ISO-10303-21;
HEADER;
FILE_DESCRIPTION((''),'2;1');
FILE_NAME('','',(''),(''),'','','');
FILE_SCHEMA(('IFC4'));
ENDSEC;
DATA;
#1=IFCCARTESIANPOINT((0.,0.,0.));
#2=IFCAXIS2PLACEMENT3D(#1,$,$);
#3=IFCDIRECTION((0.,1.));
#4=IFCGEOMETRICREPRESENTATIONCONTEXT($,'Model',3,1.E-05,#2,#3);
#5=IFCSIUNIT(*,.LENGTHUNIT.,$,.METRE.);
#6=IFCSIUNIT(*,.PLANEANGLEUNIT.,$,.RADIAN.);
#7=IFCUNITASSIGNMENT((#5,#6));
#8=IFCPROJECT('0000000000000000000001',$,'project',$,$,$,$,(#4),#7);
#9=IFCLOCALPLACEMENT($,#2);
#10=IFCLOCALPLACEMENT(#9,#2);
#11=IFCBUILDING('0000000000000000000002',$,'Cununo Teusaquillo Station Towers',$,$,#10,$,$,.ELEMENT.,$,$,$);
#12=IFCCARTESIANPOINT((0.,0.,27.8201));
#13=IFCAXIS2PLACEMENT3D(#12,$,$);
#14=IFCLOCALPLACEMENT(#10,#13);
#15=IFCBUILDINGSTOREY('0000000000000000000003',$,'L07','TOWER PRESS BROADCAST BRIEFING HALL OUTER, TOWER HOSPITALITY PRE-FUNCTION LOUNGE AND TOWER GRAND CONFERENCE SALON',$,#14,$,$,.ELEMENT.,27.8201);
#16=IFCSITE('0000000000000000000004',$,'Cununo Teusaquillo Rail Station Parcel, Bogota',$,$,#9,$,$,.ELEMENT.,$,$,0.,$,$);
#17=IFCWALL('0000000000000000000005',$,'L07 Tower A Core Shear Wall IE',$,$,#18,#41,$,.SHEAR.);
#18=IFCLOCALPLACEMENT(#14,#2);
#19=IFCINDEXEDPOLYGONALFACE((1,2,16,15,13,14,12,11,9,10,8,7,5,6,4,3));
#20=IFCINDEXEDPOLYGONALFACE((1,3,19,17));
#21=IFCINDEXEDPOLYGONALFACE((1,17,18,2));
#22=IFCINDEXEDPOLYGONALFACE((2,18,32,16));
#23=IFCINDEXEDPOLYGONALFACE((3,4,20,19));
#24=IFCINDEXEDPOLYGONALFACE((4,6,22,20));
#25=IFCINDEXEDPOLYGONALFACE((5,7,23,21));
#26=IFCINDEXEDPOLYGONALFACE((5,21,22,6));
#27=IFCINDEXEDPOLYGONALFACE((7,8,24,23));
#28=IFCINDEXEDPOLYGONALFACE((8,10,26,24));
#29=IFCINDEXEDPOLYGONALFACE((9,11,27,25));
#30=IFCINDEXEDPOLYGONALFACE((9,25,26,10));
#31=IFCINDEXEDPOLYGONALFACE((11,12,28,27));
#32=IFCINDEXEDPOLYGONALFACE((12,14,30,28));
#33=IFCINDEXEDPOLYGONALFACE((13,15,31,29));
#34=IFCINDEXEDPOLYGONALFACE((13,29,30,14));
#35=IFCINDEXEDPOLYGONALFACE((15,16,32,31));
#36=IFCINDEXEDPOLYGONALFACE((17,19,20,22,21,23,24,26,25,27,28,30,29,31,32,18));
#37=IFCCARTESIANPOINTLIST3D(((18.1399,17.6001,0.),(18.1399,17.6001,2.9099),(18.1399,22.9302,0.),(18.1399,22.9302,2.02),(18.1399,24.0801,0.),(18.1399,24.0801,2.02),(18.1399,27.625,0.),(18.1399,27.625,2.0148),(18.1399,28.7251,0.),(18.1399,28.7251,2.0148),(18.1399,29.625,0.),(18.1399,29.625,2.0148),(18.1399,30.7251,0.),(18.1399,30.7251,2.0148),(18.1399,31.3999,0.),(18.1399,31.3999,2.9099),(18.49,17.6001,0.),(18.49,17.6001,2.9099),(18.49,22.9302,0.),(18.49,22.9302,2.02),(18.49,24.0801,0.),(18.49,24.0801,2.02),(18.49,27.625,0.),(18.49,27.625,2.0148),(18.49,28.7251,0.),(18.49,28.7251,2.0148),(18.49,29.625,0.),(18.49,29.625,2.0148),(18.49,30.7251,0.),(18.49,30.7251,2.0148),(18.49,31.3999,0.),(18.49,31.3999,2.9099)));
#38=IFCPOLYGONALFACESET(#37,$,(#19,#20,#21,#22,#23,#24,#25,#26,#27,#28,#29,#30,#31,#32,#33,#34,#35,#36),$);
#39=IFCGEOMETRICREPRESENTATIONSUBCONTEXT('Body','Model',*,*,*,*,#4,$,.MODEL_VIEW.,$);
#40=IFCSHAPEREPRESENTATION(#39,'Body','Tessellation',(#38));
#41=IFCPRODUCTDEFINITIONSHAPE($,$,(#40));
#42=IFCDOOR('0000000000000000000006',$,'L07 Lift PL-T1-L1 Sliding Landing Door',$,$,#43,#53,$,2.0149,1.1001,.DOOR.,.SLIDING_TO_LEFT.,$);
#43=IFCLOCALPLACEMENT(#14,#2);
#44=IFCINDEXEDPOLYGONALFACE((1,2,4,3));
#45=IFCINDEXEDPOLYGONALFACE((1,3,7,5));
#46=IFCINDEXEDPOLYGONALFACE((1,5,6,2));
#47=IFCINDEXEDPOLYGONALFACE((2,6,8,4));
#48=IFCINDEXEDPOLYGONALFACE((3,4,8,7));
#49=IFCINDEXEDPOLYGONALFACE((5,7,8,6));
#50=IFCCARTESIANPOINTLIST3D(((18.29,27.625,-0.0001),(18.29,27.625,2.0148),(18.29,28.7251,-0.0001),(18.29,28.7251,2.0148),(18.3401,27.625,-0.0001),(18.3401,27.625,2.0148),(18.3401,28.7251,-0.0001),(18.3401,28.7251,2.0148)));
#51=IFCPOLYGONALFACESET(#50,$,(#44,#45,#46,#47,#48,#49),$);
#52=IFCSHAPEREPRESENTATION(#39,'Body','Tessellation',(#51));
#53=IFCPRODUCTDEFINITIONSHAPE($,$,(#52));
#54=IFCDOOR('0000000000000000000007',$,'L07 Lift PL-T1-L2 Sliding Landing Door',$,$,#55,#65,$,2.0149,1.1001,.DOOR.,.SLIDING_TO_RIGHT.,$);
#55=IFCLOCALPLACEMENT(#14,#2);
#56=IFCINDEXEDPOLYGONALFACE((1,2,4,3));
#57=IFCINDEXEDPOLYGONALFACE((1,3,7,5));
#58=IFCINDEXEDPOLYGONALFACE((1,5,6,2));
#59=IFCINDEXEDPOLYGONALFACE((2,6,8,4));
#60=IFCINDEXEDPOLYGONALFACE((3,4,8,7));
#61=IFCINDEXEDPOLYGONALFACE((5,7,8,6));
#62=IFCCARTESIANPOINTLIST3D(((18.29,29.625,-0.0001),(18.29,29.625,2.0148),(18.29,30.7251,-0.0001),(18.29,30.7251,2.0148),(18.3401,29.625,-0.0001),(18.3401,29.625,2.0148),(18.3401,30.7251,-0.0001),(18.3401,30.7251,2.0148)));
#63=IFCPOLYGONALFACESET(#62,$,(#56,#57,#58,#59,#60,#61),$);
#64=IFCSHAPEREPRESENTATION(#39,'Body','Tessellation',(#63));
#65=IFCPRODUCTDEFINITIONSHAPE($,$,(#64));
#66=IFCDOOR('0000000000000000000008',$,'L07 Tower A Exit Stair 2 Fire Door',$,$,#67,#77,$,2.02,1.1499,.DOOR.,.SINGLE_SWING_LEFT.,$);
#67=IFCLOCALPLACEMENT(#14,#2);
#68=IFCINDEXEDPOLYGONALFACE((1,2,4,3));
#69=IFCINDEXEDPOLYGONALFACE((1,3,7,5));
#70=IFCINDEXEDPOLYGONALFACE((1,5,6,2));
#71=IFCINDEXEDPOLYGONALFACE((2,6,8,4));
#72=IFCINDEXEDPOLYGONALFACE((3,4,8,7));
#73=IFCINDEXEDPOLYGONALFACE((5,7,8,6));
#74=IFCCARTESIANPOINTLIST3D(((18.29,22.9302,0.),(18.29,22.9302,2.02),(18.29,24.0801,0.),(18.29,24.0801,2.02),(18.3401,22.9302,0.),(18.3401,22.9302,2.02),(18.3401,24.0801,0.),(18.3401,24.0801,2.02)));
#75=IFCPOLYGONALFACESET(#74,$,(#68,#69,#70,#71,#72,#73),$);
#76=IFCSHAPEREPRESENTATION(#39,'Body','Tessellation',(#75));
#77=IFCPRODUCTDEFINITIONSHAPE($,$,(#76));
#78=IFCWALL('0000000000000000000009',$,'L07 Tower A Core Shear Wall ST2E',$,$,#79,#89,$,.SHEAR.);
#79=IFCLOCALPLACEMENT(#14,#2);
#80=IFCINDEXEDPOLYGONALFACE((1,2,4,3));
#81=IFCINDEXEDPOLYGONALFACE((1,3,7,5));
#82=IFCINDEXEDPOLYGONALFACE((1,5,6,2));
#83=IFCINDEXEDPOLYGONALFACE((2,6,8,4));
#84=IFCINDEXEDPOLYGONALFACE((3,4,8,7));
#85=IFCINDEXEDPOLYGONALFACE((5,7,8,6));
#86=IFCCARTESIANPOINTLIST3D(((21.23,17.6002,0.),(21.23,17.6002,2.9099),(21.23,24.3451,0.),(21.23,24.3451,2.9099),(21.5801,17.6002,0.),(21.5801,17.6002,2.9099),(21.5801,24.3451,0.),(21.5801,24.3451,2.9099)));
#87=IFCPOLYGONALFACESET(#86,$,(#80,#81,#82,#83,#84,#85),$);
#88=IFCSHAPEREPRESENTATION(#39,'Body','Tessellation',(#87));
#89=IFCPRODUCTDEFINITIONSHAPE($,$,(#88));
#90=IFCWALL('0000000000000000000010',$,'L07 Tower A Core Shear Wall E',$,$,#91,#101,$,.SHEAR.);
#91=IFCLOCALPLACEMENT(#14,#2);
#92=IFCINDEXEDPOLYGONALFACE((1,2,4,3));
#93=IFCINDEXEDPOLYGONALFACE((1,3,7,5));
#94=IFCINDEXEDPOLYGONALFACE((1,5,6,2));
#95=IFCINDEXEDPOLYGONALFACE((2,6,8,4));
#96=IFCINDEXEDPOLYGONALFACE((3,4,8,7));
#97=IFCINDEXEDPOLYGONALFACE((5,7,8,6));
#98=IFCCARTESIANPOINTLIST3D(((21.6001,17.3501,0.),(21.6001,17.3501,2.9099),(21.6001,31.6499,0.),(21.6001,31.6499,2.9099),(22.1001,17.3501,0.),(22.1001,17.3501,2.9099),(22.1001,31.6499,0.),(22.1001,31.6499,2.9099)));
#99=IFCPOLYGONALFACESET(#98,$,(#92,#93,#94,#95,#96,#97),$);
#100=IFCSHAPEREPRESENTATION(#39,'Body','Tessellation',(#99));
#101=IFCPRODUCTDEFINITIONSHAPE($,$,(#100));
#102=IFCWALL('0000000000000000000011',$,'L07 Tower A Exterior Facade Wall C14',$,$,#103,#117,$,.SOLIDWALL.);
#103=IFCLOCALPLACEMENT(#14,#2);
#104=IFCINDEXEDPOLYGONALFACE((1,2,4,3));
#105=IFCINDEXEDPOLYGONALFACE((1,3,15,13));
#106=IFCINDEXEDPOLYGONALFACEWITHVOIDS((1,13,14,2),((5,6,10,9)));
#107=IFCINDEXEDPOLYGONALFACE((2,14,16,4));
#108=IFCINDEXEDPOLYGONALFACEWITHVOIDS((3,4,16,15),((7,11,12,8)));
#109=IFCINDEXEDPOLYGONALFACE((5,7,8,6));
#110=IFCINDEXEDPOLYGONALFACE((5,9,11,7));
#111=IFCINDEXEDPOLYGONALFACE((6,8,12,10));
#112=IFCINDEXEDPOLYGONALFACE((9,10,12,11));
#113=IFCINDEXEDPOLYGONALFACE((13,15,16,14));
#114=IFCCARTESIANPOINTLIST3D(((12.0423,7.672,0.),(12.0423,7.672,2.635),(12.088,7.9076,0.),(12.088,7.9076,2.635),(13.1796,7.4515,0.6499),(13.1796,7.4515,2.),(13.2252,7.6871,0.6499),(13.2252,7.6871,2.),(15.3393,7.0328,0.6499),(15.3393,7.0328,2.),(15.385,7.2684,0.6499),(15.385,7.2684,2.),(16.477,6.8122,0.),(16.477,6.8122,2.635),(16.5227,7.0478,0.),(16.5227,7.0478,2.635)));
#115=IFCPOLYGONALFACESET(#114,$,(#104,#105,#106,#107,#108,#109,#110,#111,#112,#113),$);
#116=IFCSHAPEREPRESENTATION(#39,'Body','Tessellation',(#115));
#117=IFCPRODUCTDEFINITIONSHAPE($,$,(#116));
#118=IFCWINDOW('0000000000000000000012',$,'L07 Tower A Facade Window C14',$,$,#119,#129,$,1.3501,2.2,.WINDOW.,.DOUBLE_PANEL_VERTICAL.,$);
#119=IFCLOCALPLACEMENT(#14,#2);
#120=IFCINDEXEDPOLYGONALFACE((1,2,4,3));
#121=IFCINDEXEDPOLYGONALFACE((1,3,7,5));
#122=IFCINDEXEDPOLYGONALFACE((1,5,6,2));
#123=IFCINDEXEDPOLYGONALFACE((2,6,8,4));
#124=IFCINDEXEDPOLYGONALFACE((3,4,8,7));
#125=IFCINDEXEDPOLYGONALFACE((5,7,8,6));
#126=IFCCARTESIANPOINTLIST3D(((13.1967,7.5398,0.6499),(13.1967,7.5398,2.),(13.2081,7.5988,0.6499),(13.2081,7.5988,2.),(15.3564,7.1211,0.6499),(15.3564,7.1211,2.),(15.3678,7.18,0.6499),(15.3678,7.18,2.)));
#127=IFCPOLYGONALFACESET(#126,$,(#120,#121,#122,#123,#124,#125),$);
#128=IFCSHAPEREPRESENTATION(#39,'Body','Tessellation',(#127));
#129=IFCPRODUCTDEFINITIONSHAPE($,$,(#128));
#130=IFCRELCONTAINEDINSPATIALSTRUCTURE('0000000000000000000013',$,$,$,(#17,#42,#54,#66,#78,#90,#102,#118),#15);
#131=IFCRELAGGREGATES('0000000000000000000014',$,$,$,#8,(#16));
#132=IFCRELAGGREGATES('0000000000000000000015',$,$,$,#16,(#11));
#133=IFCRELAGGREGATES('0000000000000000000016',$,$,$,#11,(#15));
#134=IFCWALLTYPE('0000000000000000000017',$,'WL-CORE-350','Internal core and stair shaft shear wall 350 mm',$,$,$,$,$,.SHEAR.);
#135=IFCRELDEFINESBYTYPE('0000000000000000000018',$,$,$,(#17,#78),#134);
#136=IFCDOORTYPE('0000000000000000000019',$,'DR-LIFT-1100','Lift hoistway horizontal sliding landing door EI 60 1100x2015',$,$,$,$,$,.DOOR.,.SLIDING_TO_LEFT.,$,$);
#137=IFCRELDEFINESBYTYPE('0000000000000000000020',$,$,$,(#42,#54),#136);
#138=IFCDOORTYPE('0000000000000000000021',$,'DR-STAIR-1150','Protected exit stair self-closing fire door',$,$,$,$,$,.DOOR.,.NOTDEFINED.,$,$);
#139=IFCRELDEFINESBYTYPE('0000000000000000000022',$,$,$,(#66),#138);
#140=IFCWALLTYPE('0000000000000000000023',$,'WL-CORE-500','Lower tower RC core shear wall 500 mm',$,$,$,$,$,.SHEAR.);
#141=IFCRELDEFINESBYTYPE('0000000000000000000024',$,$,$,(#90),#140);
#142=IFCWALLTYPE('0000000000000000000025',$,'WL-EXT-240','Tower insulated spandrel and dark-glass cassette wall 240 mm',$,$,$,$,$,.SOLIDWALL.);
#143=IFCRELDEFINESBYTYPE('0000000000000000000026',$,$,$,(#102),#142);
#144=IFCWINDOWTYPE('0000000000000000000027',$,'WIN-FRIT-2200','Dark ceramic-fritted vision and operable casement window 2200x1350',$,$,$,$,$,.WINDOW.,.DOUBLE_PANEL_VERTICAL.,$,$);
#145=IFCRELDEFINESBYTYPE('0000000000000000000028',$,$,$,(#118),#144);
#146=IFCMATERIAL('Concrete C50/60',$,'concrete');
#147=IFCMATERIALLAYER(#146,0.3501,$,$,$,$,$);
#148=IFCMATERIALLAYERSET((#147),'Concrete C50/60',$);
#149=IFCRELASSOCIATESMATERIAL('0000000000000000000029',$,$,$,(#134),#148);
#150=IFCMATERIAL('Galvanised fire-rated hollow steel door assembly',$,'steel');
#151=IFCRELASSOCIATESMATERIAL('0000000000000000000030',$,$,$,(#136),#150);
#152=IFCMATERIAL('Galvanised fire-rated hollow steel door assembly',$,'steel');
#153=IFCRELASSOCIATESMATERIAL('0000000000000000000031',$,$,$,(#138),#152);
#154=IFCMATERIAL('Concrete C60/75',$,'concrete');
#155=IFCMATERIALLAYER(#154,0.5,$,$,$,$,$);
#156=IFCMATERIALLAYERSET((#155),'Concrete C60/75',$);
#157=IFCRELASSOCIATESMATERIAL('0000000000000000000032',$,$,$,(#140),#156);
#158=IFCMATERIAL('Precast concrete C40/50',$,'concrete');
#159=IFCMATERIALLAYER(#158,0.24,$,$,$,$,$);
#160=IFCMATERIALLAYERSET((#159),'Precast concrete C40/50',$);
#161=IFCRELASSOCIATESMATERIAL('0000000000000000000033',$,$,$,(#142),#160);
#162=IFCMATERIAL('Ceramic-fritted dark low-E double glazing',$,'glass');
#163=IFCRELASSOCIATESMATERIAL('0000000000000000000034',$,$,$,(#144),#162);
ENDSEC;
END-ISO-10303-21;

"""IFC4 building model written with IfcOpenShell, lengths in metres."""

from ifc_helpers import new_model, si_unit, direction, frame, frame_2d, origin, place, context, subcontext, project, spatial, rectangle, extrude, source, transform, mapped, material, layer, layer_set, type_object, element, fill, save


model = new_model("IFC4")

# Units and contexts
model_context = context("Model", 3, precision=1e-05, world=origin(), true_north=direction((0.0, 1.0)))
body_context = subcontext(model_context, "Body", "Model", "MODEL_VIEW")
ifc_project = project(units=[si_unit("LENGTHUNIT", "METRE"), si_unit("PLANEANGLEUNIT", "RADIAN")], contexts=[model_context])

# Site, building, storey
site_placement = place(None, origin())
site = spatial("IfcSite", under=ifc_project, at=site_placement, Name="Cununo Teusaquillo Rail Station Parcel, Bogota", CompositionType="ELEMENT", RefElevation=0.0)
building_placement = place(site_placement, origin())
building = spatial("IfcBuilding", under=site, at=building_placement, Name="Cununo Teusaquillo Station Towers", CompositionType="ELEMENT")
storey_placement = place(building_placement, frame((0.0, 0.0, 27.8201)))
storey = spatial("IfcBuildingStorey", under=building, at=storey_placement, Name="L07", Description="TOWER PRESS BROADCAST BRIEFING HALL OUTER, TOWER HOSPITALITY PRE-FUNCTION LOUNGE AND TOWER GRAND CONFERENCE SALON", CompositionType="ELEMENT", Elevation=27.8201)

# Wall, openings, doors
ifc_material_1 = material(Name="Concrete C50/60", Category="concrete")
ifc_layer_1 = layer(ifc_material_1, 0.3501)
ifc_layer_set_1 = layer_set([ifc_layer_1], Name="Concrete C50/60")
wall_type_1 = type_object("IfcWallType", Name="WL-CORE-350", Description="Internal core and stair shaft shear wall 350 mm", PredefinedType="SHEAR", material=ifc_layer_set_1)
wall_1_placement = place(storey_placement, frame((18.3149, 17.6001, 0.0), z_axis=(0.0, 0.0, 1.0), x_axis=(0.0, 1.0, 0.0)))
wall_1 = element("IfcWall", 1, at=wall_1_placement, inside=storey, type_object=wall_type_1, Name="L07 Tower A Core Shear Wall IE", PredefinedType="SHEAR", context=body_context, shape_type="SweptSolid", body=[
    extrude(rectangle(XDim=13.7998, YDim=0.3501, at=frame_2d((6.8999, 0.0))), origin(), (0.0, 0.0, 1.0), 2.9099),
])
shared_shape_1 = source(origin(), body_context, "Body", "SweptSolid", [
    extrude(rectangle(XDim=1.1001, YDim=2.0149, at=frame_2d((0.55, 1.0073))), frame((0.0, 0.1851, 0.0), z_axis=(0.0, -1.0, 0.0), x_axis=(1.0, 0.0, 0.0)), (0.0, 0.0, 1.0), 0.3701),
])
opening_1_placement = place(wall_1_placement, frame((10.0249, 0.0, 0.0)))
opening_1 = element("IfcOpeningElement", 2, at=opening_1_placement, cuts=wall_1, PredefinedType="OPENING", context=body_context, shape_type="MappedRepresentation", body=[
    mapped(shared_shape_1, transform((0.0, 0.0, 0.0), x_axis=(1.0, 0.0, 0.0), y_axis=(0.0, 1.0, 0.0), z_axis=(0.0, 0.0, 1.0), scale=1.0)),
])
opening_2_placement = place(wall_1_placement, frame((12.0249, 0.0, 0.0)))
opening_2 = element("IfcOpeningElement", 3, at=opening_2_placement, cuts=wall_1, PredefinedType="OPENING", context=body_context, shape_type="MappedRepresentation", body=[
    mapped(shared_shape_1, transform((0.0, 0.0, 0.0), x_axis=(1.0, 0.0, 0.0), y_axis=(0.0, 1.0, 0.0), z_axis=(0.0, 0.0, 1.0), scale=1.0)),
])
shared_shape_2 = source(origin(), body_context, "Body", "SweptSolid", [
    extrude(rectangle(XDim=1.1499, YDim=2.02, at=frame_2d((0.575, 1.01))), frame((0.0, 0.1851, 0.0), z_axis=(0.0, -1.0, 0.0), x_axis=(1.0, 0.0, 0.0)), (0.0, 0.0, 1.0), 0.3701),
])
opening_3_placement = place(wall_1_placement, frame((5.3301, 0.0, 0.0)))
opening_3 = element("IfcOpeningElement", 4, at=opening_3_placement, cuts=wall_1, PredefinedType="OPENING", context=body_context, shape_type="MappedRepresentation", body=[
    mapped(shared_shape_2, transform((0.0, 0.0, 0.0), x_axis=(1.0, 0.0, 0.0), y_axis=(0.0, 1.0, 0.0), z_axis=(0.0, 0.0, 1.0), scale=1.0)),
])
ifc_material_2 = material(Name="Galvanised fire-rated hollow steel door assembly", Category="steel")
door_type_1 = type_object("IfcDoorType", Name="DR-LIFT-1100", Description="Lift hoistway horizontal sliding landing door EI 60 1100x2015", OperationType="SLIDING_TO_LEFT", PredefinedType="DOOR", material=ifc_material_2)
shared_shape_3 = source(origin(), body_context, "Body", "SweptSolid", [
    extrude(rectangle(XDim=1.1001, YDim=2.0149, at=frame_2d((0.55, 1.0073))), frame((0.0, 0.0249, 0.0), z_axis=(0.0, -1.0, 0.0), x_axis=(1.0, 0.0, 0.0)), (0.0, 0.0, 1.0), 0.05),
])
door_1_placement = place(opening_1_placement, origin())
door_1 = element("IfcDoor", 5, at=door_1_placement, inside=storey, type_object=door_type_1, Name="L07 Lift PL-T1-L1 Sliding Landing Door", OperationType="SLIDING_TO_LEFT", OverallHeight=2.0149, OverallWidth=1.1001, PredefinedType="DOOR", context=body_context, shape_type="MappedRepresentation", body=[
    mapped(shared_shape_3, transform((0.0, 0.0, 0.0), x_axis=(1.0, 0.0, 0.0), y_axis=(0.0, 1.0, 0.0), z_axis=(0.0, 0.0, 1.0), scale=1.0)),
])
fill(opening_1, door_1)
door_2_placement = place(opening_2_placement, origin())
door_2 = element("IfcDoor", 6, at=door_2_placement, inside=storey, type_object=door_type_1, Name="L07 Lift PL-T1-L2 Sliding Landing Door", OperationType="SLIDING_TO_RIGHT", OverallHeight=2.0149, OverallWidth=1.1001, PredefinedType="DOOR", context=body_context, shape_type="MappedRepresentation", body=[
    mapped(shared_shape_3, transform((0.0, 0.0, 0.0), x_axis=(1.0, 0.0, 0.0), y_axis=(0.0, 1.0, 0.0), z_axis=(0.0, 0.0, 1.0), scale=1.0)),
])
fill(opening_2, door_2)
ifc_material_3 = material(Name="Galvanised fire-rated hollow steel door assembly", Category="steel")
door_type_2 = type_object("IfcDoorType", Name="DR-STAIR-1150", Description="Protected exit stair self-closing fire door", OperationType="NOTDEFINED", PredefinedType="DOOR", material=ifc_material_3)
shared_shape_4 = source(origin(), body_context, "Body", "SweptSolid", [
    extrude(rectangle(XDim=1.1499, YDim=2.02, at=frame_2d((0.575, 1.01))), frame((0.0, 0.0249, 0.0), z_axis=(0.0, -1.0, 0.0), x_axis=(1.0, 0.0, 0.0)), (0.0, 0.0, 1.0), 0.05),
])
door_3_placement = place(opening_3_placement, origin())
door_3 = element("IfcDoor", 7, at=door_3_placement, inside=storey, type_object=door_type_2, Name="L07 Tower A Exit Stair 2 Fire Door", OperationType="SINGLE_SWING_LEFT", OverallHeight=2.02, OverallWidth=1.1499, PredefinedType="DOOR", context=body_context, shape_type="MappedRepresentation", body=[
    mapped(shared_shape_4, transform((0.0, 0.0, 0.0), x_axis=(1.0, 0.0, 0.0), y_axis=(0.0, 1.0, 0.0), z_axis=(0.0, 0.0, 1.0), scale=1.0)),
])
fill(opening_3, door_3)

# Walls
wall_2_placement = place(storey_placement, frame((21.405, 17.6001, 0.0), z_axis=(0.0, 0.0, 1.0), x_axis=(0.0, 1.0, 0.0)))
element("IfcWall", 8, at=wall_2_placement, inside=storey, type_object=wall_type_1, Name="L07 Tower A Core Shear Wall ST2E", PredefinedType="SHEAR", context=body_context, shape_type="SweptSolid", body=[
    extrude(rectangle(XDim=6.7449, YDim=0.3501, at=frame_2d((3.3726, 0.0))), origin(), (0.0, 0.0, 1.0), 2.9099),
])
ifc_material_4 = material(Name="Concrete C60/75", Category="concrete")
ifc_layer_2 = layer(ifc_material_4, 0.5)
ifc_layer_set_2 = layer_set([ifc_layer_2], Name="Concrete C60/75")
wall_type_2 = type_object("IfcWallType", Name="WL-CORE-500", Description="Lower tower RC core shear wall 500 mm", PredefinedType="SHEAR", material=ifc_layer_set_2)
wall_3_placement = place(storey_placement, frame((21.8501, 17.3501, 0.0), z_axis=(0.0, 0.0, 1.0), x_axis=(0.0, 1.0, 0.0)))
element("IfcWall", 9, at=wall_3_placement, inside=storey, type_object=wall_type_2, Name="L07 Tower A Core Shear Wall E", PredefinedType="SHEAR", context=body_context, shape_type="SweptSolid", body=[
    extrude(rectangle(XDim=14.2998, YDim=0.5, at=frame_2d((7.1499, 0.0))), origin(), (0.0, 0.0, 1.0), 2.9099),
])

# Wall, opening, window
ifc_material_5 = material(Name="Precast concrete C40/50", Category="concrete")
ifc_layer_3 = layer(ifc_material_5, 0.24)
ifc_layer_set_3 = layer_set([ifc_layer_3], Name="Precast concrete C40/50")
wall_type_3 = type_object("IfcWallType", Name="WL-EXT-240", Description="Tower insulated spandrel and dark-glass cassette wall 240 mm", PredefinedType="SOLIDWALL", material=ifc_layer_set_3)
wall_4_placement = place(storey_placement, frame((16.5, 6.9299, 0.0), z_axis=(0.0, 0.0, 1.0), x_axis=(-0.981717, 0.190345, 0.0)))
wall_4 = element("IfcWall", 10, at=wall_4_placement, inside=storey, type_object=wall_type_3, Name="L07 Tower A Exterior Facade Wall C14", PredefinedType="SOLIDWALL", context=body_context, shape_type="SweptSolid", body=[
    extrude(rectangle(XDim=4.5173, YDim=0.24, at=frame_2d((2.2588, 0.0))), origin(), (0.0, 0.0, 1.0), 2.635),
])
shared_shape_5 = source(origin(), body_context, "Body", "SweptSolid", [
    extrude(rectangle(XDim=2.2, YDim=1.3501, at=frame_2d((1.1001, 0.675))), frame((0.0, 0.1299, 0.0), z_axis=(0.0, -1.0, 0.0), x_axis=(1.0, 0.0, 0.0)), (0.0, 0.0, 1.0), 0.26),
])
opening_4_placement = place(wall_4_placement, frame((1.1589, 0.0, 0.6499)))
opening_4 = element("IfcOpeningElement", 11, at=opening_4_placement, cuts=wall_4, PredefinedType="OPENING", context=body_context, shape_type="MappedRepresentation", body=[
    mapped(shared_shape_5, transform((0.0, 0.0, 0.0), x_axis=(1.0, 0.0, 0.0), y_axis=(0.0, 1.0, 0.0), z_axis=(0.0, 0.0, 1.0), scale=1.0)),
])
ifc_material_6 = material(Name="Ceramic-fritted dark low-E double glazing", Category="glass")
window_type_1 = type_object("IfcWindowType", Name="WIN-FRIT-2200", Description="Dark ceramic-fritted vision and operable casement window 2200x1350", PartitioningType="DOUBLE_PANEL_VERTICAL", PredefinedType="WINDOW", material=ifc_material_6)
shared_shape_6 = source(origin(), body_context, "Body", "SweptSolid", [
    extrude(rectangle(XDim=2.2, YDim=1.3501, at=frame_2d((1.1001, 0.675))), frame((0.0, 0.03, 0.0), z_axis=(0.0, -1.0, 0.0), x_axis=(1.0, 0.0, 0.0)), (0.0, 0.0, 1.0), 0.0601),
])
window_1_placement = place(opening_4_placement, origin())
window_1 = element("IfcWindow", 12, at=window_1_placement, inside=storey, type_object=window_type_1, Name="L07 Tower A Facade Window C14", OverallHeight=1.3501, OverallWidth=2.2, PartitioningType="DOUBLE_PANEL_VERTICAL", PredefinedType="WINDOW", context=body_context, shape_type="MappedRepresentation", body=[
    mapped(shared_shape_6, transform((0.0, 0.0, 0.0), x_axis=(1.0, 0.0, 0.0), y_axis=(0.0, 1.0, 0.0), z_axis=(0.0, 0.0, 1.0), scale=1.0)),
])
fill(opening_4, window_1)

save(model, "model.ifc")
